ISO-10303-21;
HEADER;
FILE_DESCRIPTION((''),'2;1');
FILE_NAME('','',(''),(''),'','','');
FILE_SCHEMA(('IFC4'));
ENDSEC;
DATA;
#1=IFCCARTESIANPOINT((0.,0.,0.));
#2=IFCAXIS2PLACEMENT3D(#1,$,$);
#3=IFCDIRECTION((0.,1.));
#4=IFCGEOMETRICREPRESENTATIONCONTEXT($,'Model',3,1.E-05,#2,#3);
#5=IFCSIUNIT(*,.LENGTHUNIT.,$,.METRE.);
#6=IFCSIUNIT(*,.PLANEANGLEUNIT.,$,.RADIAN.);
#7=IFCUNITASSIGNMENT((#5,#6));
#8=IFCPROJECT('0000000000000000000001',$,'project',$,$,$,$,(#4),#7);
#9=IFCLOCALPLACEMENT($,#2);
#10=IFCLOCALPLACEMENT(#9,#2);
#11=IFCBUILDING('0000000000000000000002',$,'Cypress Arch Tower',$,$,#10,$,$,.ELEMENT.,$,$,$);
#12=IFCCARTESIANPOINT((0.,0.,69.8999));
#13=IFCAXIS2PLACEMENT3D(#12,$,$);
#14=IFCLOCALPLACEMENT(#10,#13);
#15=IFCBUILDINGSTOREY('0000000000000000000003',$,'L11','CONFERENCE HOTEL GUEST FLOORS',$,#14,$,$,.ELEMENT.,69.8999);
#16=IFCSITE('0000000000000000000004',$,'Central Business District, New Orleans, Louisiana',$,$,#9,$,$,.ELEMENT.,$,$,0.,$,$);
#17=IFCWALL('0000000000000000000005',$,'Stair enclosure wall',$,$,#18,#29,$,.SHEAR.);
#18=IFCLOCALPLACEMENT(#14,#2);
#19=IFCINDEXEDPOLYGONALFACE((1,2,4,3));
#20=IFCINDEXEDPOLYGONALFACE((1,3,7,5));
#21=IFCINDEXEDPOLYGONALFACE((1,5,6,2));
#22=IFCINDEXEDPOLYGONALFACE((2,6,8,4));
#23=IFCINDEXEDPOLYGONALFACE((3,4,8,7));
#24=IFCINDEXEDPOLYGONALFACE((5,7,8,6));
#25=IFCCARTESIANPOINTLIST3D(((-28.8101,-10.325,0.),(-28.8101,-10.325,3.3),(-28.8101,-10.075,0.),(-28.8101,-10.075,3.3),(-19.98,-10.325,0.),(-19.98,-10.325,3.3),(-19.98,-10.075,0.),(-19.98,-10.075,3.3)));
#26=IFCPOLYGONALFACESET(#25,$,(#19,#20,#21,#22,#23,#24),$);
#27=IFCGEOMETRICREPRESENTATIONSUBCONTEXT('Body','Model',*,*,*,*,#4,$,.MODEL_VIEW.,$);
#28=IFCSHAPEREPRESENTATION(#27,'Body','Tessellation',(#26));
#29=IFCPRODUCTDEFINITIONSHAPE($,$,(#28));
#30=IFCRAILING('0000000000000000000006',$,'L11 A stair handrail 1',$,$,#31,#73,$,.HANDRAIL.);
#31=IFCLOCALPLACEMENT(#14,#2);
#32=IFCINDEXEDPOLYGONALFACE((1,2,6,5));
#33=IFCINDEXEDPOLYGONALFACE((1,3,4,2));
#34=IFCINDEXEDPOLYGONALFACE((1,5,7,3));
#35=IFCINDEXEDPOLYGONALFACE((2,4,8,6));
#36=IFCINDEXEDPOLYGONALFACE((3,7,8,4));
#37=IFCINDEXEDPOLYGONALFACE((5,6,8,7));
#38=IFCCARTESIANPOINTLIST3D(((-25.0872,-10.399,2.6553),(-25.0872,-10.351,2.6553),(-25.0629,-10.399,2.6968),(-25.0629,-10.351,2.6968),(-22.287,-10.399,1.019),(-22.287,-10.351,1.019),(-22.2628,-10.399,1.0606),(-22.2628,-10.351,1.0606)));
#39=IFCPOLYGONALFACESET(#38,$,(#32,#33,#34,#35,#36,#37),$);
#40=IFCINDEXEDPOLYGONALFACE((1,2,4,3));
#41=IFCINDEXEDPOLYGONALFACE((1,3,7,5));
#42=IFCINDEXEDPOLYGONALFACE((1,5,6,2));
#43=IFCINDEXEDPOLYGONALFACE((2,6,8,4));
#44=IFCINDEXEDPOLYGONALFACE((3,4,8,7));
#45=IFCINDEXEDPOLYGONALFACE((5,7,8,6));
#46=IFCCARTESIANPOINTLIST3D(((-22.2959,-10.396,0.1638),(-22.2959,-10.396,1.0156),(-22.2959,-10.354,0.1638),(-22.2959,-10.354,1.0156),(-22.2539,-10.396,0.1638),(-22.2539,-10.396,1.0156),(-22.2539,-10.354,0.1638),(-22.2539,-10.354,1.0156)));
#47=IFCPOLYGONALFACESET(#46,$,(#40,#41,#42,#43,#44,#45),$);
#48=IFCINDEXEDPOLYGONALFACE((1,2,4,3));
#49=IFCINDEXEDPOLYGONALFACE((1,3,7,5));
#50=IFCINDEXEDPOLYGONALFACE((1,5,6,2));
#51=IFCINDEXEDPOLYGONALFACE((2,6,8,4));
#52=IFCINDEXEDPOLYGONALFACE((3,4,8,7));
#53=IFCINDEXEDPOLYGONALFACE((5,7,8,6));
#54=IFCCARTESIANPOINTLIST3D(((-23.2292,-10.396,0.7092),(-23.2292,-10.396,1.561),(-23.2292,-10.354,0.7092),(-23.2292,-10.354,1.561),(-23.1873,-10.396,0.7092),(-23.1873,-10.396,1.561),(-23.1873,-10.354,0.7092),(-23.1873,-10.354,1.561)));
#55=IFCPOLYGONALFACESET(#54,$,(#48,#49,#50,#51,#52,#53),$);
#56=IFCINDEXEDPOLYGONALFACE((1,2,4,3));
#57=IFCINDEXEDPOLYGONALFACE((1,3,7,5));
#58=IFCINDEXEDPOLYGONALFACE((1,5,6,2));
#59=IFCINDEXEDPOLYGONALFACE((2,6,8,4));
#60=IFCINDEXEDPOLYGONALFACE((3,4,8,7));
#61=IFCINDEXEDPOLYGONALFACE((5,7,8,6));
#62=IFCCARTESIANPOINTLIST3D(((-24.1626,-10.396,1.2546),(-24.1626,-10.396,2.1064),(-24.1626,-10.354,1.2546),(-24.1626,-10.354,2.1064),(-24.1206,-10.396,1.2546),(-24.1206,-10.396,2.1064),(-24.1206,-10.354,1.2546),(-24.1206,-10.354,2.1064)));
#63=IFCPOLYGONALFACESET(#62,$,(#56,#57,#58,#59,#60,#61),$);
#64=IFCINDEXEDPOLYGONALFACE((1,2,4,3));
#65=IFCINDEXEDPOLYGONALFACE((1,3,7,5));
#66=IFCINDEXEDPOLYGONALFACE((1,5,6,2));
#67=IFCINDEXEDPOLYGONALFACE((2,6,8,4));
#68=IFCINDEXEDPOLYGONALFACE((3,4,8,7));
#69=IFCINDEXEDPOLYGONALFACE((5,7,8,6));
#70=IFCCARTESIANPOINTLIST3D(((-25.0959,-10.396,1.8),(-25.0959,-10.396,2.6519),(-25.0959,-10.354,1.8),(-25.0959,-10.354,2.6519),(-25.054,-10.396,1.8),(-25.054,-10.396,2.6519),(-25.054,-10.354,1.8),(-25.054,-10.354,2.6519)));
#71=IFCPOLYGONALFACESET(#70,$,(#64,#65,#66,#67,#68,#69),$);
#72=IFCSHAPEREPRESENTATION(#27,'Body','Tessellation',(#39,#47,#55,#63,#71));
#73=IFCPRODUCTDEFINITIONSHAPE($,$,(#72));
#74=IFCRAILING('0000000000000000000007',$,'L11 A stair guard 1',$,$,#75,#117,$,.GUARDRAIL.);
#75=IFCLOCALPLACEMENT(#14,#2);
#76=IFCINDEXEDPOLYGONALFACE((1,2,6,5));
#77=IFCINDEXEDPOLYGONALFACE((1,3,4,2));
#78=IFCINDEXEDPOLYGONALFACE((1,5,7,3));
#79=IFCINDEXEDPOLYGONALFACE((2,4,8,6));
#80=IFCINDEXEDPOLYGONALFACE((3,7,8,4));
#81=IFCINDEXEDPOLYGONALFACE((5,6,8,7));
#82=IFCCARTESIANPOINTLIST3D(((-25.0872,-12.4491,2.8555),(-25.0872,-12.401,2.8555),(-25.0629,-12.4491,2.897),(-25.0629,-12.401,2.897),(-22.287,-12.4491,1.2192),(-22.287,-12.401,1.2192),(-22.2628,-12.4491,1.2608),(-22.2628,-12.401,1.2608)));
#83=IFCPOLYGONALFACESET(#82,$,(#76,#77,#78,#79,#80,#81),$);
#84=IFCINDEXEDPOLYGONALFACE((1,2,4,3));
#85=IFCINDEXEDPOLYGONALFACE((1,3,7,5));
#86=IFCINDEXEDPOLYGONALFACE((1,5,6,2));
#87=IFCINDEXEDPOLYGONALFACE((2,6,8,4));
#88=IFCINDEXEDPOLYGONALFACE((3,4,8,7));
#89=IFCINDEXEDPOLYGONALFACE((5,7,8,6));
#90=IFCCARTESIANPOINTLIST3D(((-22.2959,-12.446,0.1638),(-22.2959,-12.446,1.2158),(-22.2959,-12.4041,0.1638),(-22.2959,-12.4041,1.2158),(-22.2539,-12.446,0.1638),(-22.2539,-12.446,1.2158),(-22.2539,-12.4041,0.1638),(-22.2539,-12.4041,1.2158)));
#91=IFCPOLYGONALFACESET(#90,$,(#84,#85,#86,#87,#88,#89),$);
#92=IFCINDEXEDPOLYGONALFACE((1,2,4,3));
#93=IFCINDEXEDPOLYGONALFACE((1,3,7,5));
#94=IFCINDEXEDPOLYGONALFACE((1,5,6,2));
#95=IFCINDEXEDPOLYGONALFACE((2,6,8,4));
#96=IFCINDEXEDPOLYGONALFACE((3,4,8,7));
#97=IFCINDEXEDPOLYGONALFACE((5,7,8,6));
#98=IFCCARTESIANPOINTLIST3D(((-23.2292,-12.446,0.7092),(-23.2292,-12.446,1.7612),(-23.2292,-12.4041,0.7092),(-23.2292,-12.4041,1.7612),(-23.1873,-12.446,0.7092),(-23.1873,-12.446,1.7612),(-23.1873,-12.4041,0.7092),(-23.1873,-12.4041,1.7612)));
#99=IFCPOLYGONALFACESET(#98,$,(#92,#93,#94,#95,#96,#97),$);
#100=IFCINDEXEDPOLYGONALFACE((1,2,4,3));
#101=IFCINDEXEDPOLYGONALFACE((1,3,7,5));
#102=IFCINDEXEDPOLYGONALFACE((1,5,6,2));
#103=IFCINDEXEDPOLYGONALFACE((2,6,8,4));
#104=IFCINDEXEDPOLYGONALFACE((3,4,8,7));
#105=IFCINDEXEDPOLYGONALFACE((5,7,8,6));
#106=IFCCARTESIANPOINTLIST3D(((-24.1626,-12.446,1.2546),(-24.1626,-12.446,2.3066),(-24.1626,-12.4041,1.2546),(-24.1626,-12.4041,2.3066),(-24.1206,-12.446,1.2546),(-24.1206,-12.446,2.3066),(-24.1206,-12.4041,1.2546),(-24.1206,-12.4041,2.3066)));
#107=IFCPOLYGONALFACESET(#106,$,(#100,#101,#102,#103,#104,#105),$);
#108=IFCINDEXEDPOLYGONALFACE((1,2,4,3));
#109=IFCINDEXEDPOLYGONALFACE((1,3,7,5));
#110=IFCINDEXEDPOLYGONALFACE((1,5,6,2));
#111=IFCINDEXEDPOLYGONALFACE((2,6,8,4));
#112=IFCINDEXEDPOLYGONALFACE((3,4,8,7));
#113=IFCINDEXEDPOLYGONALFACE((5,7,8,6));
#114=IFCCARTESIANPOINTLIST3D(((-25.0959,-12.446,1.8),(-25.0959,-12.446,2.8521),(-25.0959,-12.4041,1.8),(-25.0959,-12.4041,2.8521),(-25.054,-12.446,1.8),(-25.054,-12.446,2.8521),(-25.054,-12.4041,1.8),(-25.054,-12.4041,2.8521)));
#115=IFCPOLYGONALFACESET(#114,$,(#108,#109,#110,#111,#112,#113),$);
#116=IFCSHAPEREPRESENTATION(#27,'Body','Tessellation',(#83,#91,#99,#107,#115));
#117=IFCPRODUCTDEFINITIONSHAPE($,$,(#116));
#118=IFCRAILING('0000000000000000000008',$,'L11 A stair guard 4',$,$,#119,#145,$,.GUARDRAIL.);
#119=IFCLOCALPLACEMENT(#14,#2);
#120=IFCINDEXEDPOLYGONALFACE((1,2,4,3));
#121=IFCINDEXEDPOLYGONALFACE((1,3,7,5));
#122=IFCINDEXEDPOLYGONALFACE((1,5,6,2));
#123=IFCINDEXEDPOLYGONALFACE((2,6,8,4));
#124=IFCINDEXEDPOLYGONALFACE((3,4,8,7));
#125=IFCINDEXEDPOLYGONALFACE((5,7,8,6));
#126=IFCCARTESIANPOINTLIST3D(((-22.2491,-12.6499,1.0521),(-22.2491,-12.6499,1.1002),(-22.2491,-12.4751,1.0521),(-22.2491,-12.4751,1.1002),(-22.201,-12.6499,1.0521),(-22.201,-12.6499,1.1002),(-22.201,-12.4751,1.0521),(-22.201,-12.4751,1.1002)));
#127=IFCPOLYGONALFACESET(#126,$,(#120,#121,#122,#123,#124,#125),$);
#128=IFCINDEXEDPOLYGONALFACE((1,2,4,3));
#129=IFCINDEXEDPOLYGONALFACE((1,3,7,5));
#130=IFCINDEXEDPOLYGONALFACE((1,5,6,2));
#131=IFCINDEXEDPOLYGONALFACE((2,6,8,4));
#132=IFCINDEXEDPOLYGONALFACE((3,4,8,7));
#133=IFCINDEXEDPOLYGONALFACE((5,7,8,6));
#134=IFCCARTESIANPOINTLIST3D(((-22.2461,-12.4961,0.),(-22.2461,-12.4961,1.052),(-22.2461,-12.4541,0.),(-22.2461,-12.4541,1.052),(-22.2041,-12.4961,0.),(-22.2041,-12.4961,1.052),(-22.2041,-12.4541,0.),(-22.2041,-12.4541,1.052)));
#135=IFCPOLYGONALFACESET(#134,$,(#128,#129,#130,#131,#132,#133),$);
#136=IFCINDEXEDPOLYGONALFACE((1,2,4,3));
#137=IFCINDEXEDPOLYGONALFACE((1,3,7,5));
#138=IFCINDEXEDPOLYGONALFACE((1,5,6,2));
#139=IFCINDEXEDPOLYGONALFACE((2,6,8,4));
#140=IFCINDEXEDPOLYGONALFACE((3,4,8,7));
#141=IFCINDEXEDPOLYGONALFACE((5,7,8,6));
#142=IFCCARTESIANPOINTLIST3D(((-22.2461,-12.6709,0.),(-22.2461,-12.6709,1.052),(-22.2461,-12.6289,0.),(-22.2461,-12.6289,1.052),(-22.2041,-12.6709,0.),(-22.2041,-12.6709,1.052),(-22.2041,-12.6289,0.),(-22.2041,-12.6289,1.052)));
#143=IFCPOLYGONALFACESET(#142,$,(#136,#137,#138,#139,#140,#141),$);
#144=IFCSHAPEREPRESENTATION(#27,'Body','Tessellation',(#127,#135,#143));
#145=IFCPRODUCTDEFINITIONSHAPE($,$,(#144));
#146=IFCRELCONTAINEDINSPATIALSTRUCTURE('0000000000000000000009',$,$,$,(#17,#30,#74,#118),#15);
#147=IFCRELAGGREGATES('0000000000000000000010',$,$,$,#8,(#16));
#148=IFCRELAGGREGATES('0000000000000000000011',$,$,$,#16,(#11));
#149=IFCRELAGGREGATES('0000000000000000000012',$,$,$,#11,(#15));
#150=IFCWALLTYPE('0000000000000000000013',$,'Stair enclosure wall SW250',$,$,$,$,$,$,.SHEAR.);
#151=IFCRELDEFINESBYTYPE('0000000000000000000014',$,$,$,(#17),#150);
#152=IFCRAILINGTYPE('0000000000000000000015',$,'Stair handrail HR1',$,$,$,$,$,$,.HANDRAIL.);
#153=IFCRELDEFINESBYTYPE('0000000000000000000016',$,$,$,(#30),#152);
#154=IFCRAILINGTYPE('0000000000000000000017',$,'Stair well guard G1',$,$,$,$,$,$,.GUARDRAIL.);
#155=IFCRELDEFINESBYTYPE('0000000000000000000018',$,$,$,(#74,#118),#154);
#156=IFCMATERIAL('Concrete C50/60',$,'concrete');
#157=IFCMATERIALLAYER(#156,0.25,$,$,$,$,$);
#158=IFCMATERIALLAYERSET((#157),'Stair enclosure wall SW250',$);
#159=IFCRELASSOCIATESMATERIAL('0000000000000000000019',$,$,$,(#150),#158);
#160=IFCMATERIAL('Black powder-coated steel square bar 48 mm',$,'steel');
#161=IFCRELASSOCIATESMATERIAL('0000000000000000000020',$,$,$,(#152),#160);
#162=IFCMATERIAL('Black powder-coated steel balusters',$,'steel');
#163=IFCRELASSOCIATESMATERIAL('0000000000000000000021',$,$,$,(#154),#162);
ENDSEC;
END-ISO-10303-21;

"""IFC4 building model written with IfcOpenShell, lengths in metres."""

from ifc_helpers import new_model, si_unit, direction, frame, frame_2d, origin, origin_2d, place, context, subcontext, project, spatial, rectangle, extrude, material, layer, layer_set, type_object, element, save


model = new_model("IFC4")

# Units and contexts
model_context = context("Model", 3, precision=1e-05, world=origin(), true_north=direction((0.0, 1.0)))
body_context = subcontext(model_context, "Body", "Model", "MODEL_VIEW")
ifc_project = project(units=[si_unit("LENGTHUNIT", "METRE"), si_unit("PLANEANGLEUNIT", "RADIAN")], contexts=[model_context])

# Site, building, storey
site_placement = place(None, origin())
site = spatial("IfcSite", under=ifc_project, at=site_placement, Name="Central Business District, New Orleans, Louisiana", CompositionType="ELEMENT", RefElevation=0.0)
building_placement = place(site_placement, origin())
building = spatial("IfcBuilding", under=site, at=building_placement, Name="Cypress Arch Tower", CompositionType="ELEMENT")
storey_placement = place(building_placement, frame((0.0, 0.0, 69.8999)))
storey = spatial("IfcBuildingStorey", under=building, at=storey_placement, Name="L11", Description="CONFERENCE HOTEL GUEST FLOORS", CompositionType="ELEMENT", Elevation=69.8999)

# Wall
ifc_material_1 = material(Name="Concrete C50/60", Category="concrete")
ifc_layer_1 = layer(ifc_material_1, 0.25)
ifc_layer_set_1 = layer_set([ifc_layer_1], Name="Stair enclosure wall SW250")
wall_type_1 = type_object("IfcWallType", Name="Stair enclosure wall SW250", PredefinedType="SHEAR", material=ifc_layer_set_1)
wall_1_placement = place(storey_placement, frame((-28.8101, -10.2, 0.0), z_axis=(0.0, 0.0, 1.0), x_axis=(1.0, 0.0, 0.0)))
element("IfcWall", 1, at=wall_1_placement, inside=storey, type_object=wall_type_1, Name="Stair enclosure wall", PredefinedType="SHEAR", context=body_context, shape_type="SweptSolid", body=[
    extrude(rectangle(XDim=8.8301, YDim=0.25, at=frame_2d((4.415, 0.0))), origin(), (0.0, 0.0, 1.0), 3.3),
])

# Railings
ifc_material_2 = material(Name="Black powder-coated steel square bar 48 mm", Category="steel")
railing_type_1 = type_object("IfcRailingType", Name="Stair handrail HR1", PredefinedType="HANDRAIL", material=ifc_material_2)
railing_1_placement = place(storey_placement, frame((-22.2749, -10.375, 0.1638)))
element("IfcRailing", 2, at=railing_1_placement, inside=storey, type_object=railing_type_1, Name="L11 A stair handrail 1", PredefinedType="HANDRAIL", context=body_context, shape_type="SweptSolid", body=[
    extrude(rectangle(XDim=0.0481, YDim=0.0481, at=origin_2d()), frame((0.0, 0.0, 0.876), z_axis=(-0.863394, 0.0, 0.504531), x_axis=(0.0, -1.0, 0.0)), (0.0, 0.0, 1.0), 3.2432),
    extrude(rectangle(XDim=0.042, YDim=0.042, at=origin_2d()), origin(), (0.0, 0.0, 1.0), 0.8518),
    extrude(rectangle(XDim=0.042, YDim=0.042, at=origin_2d()), frame((-0.9333, 0.0, 0.5454)), (0.0, 0.0, 1.0), 0.8518),
    extrude(rectangle(XDim=0.042, YDim=0.042, at=origin_2d()), frame((-1.8667, 0.0, 1.0908)), (0.0, 0.0, 1.0), 0.8518),
    extrude(rectangle(XDim=0.042, YDim=0.042, at=origin_2d()), frame((-2.8, 0.0, 1.6362)), (0.0, 0.0, 1.0), 0.8518),
])
ifc_material_3 = material(Name="Black powder-coated steel balusters", Category="steel")
railing_type_2 = type_object("IfcRailingType", Name="Stair well guard G1", PredefinedType="GUARDRAIL", material=ifc_material_3)
railing_2_placement = place(storey_placement, frame((-22.2749, -12.425, 0.1638)))
element("IfcRailing", 3, at=railing_2_placement, inside=storey, type_object=railing_type_2, Name="L11 A stair guard 1", PredefinedType="GUARDRAIL", context=body_context, shape_type="SweptSolid", body=[
    extrude(rectangle(XDim=0.0481, YDim=0.0481, at=origin_2d()), frame((0.0, 0.0, 1.0762), z_axis=(-0.863394, 0.0, 0.504531), x_axis=(0.0, -1.0, 0.0)), (0.0, 0.0, 1.0), 3.2432),
    extrude(rectangle(XDim=0.042, YDim=0.042, at=origin_2d()), origin(), (0.0, 0.0, 1.0), 1.052),
    extrude(rectangle(XDim=0.042, YDim=0.042, at=origin_2d()), frame((-0.9333, 0.0, 0.5454)), (0.0, 0.0, 1.0), 1.052),
    extrude(rectangle(XDim=0.042, YDim=0.042, at=origin_2d()), frame((-1.8667, 0.0, 1.0908)), (0.0, 0.0, 1.0), 1.052),
    extrude(rectangle(XDim=0.042, YDim=0.042, at=origin_2d()), frame((-2.8, 0.0, 1.6362)), (0.0, 0.0, 1.0), 1.052),
])
railing_3_placement = place(storey_placement, frame((-22.2251, -12.4751, 0.0)))
element("IfcRailing", 4, at=railing_3_placement, inside=storey, type_object=railing_type_2, Name="L11 A stair guard 4", PredefinedType="GUARDRAIL", context=body_context, shape_type="SweptSolid", body=[
    extrude(rectangle(XDim=0.0481, YDim=0.0481, at=origin_2d()), frame((0.0, 0.0, 1.0762), z_axis=(0.0, -1.0, 0.0), x_axis=(1.0, 0.0, 0.0)), (0.0, 0.0, 1.0), 0.1748),
    extrude(rectangle(XDim=0.042, YDim=0.042, at=origin_2d()), origin(), (0.0, 0.0, 1.0), 1.052),
    extrude(rectangle(XDim=0.042, YDim=0.042, at=origin_2d()), frame((0.0, -0.1748, 0.0)), (0.0, 0.0, 1.0), 1.052),
])

save(model, "model.ifc")
